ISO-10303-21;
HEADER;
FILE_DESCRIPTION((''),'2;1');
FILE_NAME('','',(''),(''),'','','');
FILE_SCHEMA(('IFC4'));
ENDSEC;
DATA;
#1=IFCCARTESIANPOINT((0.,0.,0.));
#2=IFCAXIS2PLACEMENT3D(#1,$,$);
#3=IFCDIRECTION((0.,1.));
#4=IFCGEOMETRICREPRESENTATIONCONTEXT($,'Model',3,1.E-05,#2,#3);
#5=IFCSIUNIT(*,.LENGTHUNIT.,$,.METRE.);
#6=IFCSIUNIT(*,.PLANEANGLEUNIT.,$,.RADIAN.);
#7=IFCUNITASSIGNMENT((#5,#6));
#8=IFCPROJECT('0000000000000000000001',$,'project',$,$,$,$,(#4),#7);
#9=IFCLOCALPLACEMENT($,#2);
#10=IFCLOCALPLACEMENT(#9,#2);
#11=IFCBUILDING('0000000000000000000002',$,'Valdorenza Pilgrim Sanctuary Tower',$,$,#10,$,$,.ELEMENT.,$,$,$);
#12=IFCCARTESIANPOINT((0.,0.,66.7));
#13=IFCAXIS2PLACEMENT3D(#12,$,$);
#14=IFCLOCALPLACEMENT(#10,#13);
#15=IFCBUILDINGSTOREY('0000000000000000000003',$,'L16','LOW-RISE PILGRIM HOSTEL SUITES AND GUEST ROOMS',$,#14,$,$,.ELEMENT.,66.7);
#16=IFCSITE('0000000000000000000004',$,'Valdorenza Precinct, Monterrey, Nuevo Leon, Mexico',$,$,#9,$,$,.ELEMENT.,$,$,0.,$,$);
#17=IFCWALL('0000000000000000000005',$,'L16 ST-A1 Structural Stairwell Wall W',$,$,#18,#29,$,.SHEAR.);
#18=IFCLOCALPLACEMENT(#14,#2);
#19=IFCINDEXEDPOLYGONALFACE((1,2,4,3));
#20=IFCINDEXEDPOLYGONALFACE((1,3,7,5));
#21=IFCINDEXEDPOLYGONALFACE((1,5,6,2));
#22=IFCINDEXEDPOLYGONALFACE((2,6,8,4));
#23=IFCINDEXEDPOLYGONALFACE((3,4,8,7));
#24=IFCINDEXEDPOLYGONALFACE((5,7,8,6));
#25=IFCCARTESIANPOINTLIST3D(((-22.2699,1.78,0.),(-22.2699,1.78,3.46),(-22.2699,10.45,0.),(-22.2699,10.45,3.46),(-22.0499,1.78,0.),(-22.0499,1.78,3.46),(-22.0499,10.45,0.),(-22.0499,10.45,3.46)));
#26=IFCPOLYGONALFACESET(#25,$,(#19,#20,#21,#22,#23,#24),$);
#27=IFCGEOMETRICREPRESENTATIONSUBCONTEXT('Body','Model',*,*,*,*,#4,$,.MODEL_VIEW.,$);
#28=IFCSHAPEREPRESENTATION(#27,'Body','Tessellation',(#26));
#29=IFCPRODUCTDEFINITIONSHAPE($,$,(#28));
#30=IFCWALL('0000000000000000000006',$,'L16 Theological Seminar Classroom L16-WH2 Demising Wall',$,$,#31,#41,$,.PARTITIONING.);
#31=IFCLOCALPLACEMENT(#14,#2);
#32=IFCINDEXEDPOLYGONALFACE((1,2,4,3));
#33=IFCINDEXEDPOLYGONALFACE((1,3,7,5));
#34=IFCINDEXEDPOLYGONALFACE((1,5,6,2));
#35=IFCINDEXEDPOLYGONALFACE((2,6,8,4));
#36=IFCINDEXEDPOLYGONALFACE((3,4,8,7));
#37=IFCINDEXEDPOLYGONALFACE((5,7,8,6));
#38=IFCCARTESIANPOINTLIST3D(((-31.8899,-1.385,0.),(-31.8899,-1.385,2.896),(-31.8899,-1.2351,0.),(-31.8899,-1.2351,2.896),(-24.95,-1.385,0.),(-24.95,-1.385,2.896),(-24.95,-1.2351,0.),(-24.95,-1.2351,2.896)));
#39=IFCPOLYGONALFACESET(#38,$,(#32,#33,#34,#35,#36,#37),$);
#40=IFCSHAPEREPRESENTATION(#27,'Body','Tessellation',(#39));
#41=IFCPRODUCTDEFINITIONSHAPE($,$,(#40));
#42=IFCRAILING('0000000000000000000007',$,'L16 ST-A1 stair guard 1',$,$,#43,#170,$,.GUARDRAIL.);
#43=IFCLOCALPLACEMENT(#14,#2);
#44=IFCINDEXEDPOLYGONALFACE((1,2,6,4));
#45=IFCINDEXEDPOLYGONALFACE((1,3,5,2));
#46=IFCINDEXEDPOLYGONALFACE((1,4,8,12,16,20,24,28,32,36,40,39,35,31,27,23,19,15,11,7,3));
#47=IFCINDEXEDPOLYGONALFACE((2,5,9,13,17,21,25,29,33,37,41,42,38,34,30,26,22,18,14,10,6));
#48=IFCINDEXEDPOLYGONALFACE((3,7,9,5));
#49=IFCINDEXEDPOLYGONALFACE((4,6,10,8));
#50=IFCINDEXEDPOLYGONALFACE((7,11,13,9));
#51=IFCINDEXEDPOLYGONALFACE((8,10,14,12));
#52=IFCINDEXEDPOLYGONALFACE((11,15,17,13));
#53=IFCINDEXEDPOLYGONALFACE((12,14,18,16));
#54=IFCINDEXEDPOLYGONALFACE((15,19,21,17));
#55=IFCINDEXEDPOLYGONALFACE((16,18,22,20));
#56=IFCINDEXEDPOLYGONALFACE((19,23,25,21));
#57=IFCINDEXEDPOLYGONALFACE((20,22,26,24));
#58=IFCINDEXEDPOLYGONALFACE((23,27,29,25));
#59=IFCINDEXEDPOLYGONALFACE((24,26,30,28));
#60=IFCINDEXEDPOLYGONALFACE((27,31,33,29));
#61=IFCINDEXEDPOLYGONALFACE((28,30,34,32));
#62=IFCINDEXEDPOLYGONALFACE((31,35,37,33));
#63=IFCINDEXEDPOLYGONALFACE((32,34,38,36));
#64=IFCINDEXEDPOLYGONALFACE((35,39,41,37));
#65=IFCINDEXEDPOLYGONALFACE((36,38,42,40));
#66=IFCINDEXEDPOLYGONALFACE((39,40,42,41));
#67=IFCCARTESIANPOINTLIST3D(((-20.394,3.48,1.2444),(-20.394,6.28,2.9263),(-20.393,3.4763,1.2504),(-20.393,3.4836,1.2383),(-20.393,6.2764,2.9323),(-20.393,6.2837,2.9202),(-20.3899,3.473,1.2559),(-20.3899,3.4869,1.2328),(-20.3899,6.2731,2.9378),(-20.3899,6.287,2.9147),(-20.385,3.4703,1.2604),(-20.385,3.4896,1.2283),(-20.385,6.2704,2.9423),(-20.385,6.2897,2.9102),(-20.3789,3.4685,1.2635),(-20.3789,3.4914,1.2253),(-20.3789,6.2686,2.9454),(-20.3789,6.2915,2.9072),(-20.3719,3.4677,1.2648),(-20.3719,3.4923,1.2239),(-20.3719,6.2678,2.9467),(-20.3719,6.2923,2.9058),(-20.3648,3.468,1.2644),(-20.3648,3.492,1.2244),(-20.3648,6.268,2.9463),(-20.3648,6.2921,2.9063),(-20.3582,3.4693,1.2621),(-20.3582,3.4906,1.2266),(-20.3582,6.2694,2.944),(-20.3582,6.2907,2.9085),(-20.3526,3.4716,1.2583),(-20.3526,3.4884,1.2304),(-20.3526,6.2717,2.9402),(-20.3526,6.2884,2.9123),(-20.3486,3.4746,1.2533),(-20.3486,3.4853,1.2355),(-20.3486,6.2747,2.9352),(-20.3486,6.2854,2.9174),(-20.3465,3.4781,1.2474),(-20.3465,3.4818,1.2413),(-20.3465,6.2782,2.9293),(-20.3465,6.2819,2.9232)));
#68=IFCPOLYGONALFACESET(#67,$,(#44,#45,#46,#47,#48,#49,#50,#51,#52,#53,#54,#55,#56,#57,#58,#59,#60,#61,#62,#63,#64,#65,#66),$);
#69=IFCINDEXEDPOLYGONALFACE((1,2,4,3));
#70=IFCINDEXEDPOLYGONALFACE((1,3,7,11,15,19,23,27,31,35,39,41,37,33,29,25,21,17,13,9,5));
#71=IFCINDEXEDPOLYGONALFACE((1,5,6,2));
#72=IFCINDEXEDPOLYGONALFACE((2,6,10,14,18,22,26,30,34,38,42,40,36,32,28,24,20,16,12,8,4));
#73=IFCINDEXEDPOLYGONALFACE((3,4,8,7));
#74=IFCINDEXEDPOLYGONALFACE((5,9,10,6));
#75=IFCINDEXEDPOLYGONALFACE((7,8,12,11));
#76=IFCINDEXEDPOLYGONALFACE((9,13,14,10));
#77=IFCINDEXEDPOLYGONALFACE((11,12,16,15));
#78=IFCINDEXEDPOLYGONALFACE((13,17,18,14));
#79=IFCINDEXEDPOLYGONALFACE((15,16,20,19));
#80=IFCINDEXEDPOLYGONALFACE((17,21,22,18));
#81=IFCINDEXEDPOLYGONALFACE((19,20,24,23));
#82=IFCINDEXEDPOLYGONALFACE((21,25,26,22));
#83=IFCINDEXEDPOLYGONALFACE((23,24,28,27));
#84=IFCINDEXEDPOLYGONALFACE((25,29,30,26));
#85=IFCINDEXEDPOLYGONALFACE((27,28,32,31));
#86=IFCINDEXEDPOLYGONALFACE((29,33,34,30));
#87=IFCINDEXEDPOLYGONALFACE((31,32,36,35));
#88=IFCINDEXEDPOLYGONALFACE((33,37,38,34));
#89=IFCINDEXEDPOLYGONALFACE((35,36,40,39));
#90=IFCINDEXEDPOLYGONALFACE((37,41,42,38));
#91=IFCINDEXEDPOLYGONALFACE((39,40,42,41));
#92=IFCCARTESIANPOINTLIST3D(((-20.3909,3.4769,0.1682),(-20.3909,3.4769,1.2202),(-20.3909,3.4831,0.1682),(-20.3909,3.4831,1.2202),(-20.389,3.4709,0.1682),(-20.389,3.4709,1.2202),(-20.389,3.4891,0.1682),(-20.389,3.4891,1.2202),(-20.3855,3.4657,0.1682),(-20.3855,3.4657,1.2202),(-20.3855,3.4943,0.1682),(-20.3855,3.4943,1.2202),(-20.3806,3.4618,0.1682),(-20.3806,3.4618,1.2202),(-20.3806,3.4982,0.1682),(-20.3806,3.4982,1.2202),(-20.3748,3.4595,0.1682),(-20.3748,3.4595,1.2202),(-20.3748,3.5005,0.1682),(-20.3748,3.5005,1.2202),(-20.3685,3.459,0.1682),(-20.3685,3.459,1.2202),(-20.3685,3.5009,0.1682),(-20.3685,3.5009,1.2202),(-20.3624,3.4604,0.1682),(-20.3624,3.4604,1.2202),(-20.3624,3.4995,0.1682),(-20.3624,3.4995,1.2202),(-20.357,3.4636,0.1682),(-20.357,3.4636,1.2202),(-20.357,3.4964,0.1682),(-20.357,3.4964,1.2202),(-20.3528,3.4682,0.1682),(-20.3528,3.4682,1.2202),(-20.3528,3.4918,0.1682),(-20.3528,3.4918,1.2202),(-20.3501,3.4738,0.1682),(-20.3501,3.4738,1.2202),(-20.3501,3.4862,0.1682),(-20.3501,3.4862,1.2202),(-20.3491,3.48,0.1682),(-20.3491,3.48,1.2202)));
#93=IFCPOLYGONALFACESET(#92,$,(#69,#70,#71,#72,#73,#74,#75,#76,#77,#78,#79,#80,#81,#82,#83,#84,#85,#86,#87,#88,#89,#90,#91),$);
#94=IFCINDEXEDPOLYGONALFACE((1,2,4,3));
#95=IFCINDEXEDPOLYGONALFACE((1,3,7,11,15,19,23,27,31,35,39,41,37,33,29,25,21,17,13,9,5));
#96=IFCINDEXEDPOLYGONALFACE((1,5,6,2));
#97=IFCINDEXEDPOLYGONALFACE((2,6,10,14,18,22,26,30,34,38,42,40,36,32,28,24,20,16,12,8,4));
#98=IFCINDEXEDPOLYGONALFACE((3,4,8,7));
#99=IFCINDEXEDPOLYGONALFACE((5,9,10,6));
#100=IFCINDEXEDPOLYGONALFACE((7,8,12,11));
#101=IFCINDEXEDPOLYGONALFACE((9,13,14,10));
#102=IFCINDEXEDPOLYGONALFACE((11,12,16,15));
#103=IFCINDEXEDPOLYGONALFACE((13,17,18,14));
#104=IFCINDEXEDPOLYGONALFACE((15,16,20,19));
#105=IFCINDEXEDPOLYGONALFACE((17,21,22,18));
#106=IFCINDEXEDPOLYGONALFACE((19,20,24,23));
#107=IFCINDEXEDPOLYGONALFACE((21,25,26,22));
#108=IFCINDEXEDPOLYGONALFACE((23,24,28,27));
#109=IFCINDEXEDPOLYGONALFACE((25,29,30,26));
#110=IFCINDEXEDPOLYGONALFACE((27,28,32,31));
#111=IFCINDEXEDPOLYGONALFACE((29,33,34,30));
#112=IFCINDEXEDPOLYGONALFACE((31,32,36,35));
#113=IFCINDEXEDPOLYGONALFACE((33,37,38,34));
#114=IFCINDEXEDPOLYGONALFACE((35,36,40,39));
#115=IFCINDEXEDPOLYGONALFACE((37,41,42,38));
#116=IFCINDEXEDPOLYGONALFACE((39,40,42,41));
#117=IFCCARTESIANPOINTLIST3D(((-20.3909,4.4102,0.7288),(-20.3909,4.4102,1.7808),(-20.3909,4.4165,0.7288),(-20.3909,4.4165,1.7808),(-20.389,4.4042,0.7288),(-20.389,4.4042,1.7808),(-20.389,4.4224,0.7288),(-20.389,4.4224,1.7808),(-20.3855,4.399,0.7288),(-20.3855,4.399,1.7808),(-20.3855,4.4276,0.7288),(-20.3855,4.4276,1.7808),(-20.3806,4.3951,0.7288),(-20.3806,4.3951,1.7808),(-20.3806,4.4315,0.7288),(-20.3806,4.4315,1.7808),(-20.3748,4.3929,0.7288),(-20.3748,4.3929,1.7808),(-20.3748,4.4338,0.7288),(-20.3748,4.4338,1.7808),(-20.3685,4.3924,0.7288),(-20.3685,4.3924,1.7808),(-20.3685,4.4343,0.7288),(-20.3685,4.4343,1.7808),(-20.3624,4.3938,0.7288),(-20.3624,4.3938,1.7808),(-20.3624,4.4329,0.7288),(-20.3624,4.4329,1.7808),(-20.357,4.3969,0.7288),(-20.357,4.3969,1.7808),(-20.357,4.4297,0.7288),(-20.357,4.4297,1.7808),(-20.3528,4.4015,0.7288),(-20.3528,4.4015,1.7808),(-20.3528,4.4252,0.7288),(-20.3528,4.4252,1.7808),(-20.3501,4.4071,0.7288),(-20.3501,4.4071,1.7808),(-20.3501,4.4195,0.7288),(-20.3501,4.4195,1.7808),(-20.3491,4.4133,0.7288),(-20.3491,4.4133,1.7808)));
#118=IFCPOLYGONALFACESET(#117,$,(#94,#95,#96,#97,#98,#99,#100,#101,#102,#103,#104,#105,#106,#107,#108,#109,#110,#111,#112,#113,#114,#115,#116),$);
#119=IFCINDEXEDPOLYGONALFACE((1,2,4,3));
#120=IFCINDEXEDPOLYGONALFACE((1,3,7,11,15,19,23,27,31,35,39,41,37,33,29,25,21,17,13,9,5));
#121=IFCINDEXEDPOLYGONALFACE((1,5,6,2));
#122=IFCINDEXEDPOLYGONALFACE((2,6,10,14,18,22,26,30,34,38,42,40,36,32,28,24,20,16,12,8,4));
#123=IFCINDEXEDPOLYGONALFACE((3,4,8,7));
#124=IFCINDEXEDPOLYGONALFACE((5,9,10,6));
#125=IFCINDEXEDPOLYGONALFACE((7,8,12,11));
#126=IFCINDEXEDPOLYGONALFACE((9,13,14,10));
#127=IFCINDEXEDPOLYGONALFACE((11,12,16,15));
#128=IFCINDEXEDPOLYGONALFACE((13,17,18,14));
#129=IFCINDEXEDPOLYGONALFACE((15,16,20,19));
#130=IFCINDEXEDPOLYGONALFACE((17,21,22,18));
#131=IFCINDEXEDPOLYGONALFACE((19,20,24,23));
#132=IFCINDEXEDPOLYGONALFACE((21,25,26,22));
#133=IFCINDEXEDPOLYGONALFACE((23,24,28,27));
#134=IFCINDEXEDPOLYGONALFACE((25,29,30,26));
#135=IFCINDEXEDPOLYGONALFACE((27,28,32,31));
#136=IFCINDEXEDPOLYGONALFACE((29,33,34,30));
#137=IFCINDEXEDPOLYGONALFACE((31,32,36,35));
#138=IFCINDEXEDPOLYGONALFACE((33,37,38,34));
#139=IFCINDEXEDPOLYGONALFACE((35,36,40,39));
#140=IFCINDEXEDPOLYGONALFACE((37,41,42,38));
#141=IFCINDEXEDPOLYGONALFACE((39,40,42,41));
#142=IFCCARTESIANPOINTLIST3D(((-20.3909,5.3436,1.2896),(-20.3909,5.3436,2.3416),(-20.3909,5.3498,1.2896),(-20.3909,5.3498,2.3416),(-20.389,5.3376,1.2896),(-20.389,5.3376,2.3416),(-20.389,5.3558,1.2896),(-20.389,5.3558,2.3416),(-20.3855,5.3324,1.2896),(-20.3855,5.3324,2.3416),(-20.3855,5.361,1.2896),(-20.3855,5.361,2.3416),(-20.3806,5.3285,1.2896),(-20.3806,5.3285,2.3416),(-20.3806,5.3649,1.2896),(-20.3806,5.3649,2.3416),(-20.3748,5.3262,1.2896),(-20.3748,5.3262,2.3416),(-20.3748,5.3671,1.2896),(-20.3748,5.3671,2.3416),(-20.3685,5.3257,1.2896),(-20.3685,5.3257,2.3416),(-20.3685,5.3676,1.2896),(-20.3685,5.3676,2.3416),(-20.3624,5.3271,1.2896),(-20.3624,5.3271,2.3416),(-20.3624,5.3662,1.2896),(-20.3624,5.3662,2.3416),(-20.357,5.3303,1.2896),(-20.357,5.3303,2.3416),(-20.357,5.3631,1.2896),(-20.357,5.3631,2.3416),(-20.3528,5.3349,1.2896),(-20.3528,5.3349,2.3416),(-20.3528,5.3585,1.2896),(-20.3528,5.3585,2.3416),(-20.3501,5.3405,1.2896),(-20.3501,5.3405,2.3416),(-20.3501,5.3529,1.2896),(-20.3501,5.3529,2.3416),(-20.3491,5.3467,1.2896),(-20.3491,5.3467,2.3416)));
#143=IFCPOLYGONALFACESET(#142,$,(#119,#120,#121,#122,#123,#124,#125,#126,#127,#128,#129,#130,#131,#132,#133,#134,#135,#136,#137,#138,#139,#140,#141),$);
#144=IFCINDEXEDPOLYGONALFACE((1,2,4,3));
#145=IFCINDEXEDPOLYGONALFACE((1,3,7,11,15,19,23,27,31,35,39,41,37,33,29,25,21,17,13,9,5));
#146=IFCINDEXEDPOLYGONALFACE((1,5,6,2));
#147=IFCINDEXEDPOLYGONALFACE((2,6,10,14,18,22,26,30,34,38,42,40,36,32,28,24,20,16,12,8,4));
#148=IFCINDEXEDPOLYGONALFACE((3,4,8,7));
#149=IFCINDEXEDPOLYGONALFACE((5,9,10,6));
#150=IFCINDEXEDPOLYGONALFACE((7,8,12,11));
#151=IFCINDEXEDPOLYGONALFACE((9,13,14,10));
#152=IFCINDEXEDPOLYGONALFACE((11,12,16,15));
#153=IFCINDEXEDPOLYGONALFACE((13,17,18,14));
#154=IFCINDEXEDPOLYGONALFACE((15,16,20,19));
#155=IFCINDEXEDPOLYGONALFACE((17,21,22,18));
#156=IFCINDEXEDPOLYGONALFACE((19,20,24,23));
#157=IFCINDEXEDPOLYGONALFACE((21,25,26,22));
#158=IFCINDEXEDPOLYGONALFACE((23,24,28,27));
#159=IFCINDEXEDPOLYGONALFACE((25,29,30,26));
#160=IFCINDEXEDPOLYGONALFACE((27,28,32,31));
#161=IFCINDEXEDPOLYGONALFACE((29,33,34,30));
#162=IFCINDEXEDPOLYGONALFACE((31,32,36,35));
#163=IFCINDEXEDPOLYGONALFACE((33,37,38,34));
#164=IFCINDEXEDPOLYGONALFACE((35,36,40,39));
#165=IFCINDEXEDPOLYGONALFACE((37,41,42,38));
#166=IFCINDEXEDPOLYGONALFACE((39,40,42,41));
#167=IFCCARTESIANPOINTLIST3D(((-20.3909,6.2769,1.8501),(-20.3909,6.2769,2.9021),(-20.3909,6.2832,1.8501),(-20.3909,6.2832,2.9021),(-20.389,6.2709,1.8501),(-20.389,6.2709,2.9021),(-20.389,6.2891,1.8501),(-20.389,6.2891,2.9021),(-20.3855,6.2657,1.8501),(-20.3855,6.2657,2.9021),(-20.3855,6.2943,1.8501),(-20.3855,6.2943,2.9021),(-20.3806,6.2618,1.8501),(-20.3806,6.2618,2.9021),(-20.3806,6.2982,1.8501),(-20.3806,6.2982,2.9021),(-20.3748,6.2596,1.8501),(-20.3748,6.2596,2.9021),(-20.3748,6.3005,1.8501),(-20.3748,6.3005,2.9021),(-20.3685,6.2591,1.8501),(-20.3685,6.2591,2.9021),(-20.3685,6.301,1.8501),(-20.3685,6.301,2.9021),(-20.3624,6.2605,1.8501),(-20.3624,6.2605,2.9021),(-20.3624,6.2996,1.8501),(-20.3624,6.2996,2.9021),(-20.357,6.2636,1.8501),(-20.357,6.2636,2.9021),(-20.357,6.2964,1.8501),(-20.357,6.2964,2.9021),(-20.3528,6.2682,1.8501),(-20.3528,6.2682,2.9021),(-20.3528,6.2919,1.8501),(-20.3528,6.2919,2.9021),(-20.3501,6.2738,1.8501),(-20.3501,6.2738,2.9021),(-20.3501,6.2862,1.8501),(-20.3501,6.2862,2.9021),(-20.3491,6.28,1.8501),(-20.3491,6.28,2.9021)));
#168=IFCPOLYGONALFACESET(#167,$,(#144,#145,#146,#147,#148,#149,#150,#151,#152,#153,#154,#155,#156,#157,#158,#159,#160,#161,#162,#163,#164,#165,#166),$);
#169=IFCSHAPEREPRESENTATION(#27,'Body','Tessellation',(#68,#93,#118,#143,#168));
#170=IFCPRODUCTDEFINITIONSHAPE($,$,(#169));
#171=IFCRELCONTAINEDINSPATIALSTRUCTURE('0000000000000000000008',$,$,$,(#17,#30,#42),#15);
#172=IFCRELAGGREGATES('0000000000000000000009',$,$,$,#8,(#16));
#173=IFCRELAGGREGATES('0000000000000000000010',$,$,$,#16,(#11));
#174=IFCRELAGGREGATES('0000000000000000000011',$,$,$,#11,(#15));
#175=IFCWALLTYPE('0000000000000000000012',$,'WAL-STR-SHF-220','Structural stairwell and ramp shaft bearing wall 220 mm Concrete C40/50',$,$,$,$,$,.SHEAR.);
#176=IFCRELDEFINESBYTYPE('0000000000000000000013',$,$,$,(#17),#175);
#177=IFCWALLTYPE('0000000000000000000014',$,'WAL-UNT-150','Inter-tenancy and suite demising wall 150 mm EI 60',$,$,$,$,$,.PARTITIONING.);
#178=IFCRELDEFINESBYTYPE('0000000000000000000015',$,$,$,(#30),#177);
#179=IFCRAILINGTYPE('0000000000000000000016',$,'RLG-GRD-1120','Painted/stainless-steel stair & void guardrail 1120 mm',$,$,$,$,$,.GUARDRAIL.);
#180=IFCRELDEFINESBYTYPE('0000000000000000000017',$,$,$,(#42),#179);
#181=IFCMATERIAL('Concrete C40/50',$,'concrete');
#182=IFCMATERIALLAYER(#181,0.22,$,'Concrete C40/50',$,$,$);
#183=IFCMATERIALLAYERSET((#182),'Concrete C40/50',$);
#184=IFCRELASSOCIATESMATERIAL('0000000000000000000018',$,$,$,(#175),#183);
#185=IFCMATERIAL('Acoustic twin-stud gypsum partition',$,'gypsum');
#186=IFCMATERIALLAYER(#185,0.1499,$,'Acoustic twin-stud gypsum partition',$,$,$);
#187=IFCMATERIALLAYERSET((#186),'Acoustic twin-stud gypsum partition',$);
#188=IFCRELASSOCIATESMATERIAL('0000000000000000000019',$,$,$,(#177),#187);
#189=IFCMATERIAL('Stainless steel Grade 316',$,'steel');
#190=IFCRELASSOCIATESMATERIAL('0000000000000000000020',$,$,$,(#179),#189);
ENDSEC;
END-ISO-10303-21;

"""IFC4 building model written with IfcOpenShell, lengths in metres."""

from ifc_helpers import new_model, si_unit, direction, frame, frame_2d, origin, origin_2d, place, context, subcontext, project, spatial, rectangle, circle, extrude, material, layer, layer_set, type_object, element, save


model = new_model("IFC4")

# Units and contexts
model_context = context("Model", 3, precision=1e-05, world=origin(), true_north=direction((0.0, 1.0)))
body_context = subcontext(model_context, "Body", "Model", "MODEL_VIEW")
ifc_project = project(units=[si_unit("LENGTHUNIT", "METRE"), si_unit("PLANEANGLEUNIT", "RADIAN")], contexts=[model_context])

# Site, building, storey
site_placement = place(None, origin())
site = spatial("IfcSite", under=ifc_project, at=site_placement, Name="Valdorenza Precinct, Monterrey, Nuevo Leon, Mexico", CompositionType="ELEMENT", RefElevation=0.0)
building_placement = place(site_placement, origin())
building = spatial("IfcBuilding", under=site, at=building_placement, Name="Valdorenza Pilgrim Sanctuary Tower", CompositionType="ELEMENT")
storey_placement = place(building_placement, frame((0.0, 0.0, 66.7)))
storey = spatial("IfcBuildingStorey", under=building, at=storey_placement, Name="L16", Description="LOW-RISE PILGRIM HOSTEL SUITES AND GUEST ROOMS", CompositionType="ELEMENT", Elevation=66.7)

# Wall
ifc_material_1 = material(Name="Concrete C40/50", Category="concrete")
ifc_layer_1 = layer(ifc_material_1, 0.22, Name="Concrete C40/50")
ifc_layer_set_1 = layer_set([ifc_layer_1], Name="Concrete C40/50")
wall_type_1 = type_object("IfcWallType", Name="WAL-STR-SHF-220", Description="Structural stairwell and ramp shaft bearing wall 220 mm Concrete C40/50", PredefinedType="SHEAR", material=ifc_layer_set_1)
wall_1_placement = place(storey_placement, frame((-22.1599, 1.78, 0.0), z_axis=(0.0, 0.0, 1.0), x_axis=(0.0, 1.0, 0.0)))
element("IfcWall", 1, at=wall_1_placement, inside=storey, type_object=wall_type_1, Name="L16 ST-A1 Structural Stairwell Wall W", PredefinedType="SHEAR", context=body_context, shape_type="SweptSolid", body=[
    extrude(rectangle(XDim=8.6699, YDim=0.22, at=frame_2d((4.335, 0.0))), origin(), (0.0, 0.0, 1.0), 3.46),
])

# Wall
ifc_material_2 = material(Name="Acoustic twin-stud gypsum partition", Category="gypsum")
ifc_layer_2 = layer(ifc_material_2, 0.1499, Name="Acoustic twin-stud gypsum partition")
ifc_layer_set_2 = layer_set([ifc_layer_2], Name="Acoustic twin-stud gypsum partition")
wall_type_2 = type_object("IfcWallType", Name="WAL-UNT-150", Description="Inter-tenancy and suite demising wall 150 mm EI 60", PredefinedType="PARTITIONING", material=ifc_layer_set_2)
wall_2_placement = place(storey_placement, frame((-31.8899, -1.3101, 0.0), z_axis=(0.0, 0.0, 1.0), x_axis=(1.0, 0.0, 0.0)))
element("IfcWall", 2, at=wall_2_placement, inside=storey, type_object=wall_type_2, Name="L16 Theological Seminar Classroom L16-WH2 Demising Wall", PredefinedType="PARTITIONING", context=body_context, shape_type="SweptSolid", body=[
    extrude(rectangle(XDim=6.9399, YDim=0.1499, at=frame_2d((3.47, 0.0))), origin(), (0.0, 0.0, 1.0), 2.896),
])

# Railing
ifc_material_3 = material(Name="Stainless steel Grade 316", Category="steel")
railing_type = type_object("IfcRailingType", Name="RLG-GRD-1120", Description="Painted/stainless-steel stair & void guardrail 1120 mm", PredefinedType="GUARDRAIL", material=ifc_material_3)
railing_1_placement = place(storey_placement, frame((-20.3701, 3.48, 0.1682)))
element("IfcRailing", 3, at=railing_1_placement, inside=storey, type_object=railing_type, Name="L16 ST-A1 stair guard 1", PredefinedType="GUARDRAIL", context=body_context, shape_type="SweptSolid", body=[
    extrude(circle(Radius=0.0239, at=origin_2d()), frame((0.0, 0.0, 1.0762), z_axis=(0.0, 0.857242, 0.514913), x_axis=(-1.0, 0.0, 0.0)), (0.0, 0.0, 1.0), 3.2664),
    extrude(circle(Radius=0.021, at=origin_2d()), origin(), (0.0, 0.0, 1.0), 1.052),
    extrude(circle(Radius=0.021, at=origin_2d()), frame((0.0, 0.9333, 0.5605)), (0.0, 0.0, 1.0), 1.052),
    extrude(circle(Radius=0.021, at=origin_2d()), frame((0.0, 1.8667, 1.1213)), (0.0, 0.0, 1.0), 1.052),
    extrude(circle(Radius=0.021, at=origin_2d()), frame((0.0, 2.8, 1.6819)), (0.0, 0.0, 1.0), 1.052),
])

save(model, "model.ifc")
